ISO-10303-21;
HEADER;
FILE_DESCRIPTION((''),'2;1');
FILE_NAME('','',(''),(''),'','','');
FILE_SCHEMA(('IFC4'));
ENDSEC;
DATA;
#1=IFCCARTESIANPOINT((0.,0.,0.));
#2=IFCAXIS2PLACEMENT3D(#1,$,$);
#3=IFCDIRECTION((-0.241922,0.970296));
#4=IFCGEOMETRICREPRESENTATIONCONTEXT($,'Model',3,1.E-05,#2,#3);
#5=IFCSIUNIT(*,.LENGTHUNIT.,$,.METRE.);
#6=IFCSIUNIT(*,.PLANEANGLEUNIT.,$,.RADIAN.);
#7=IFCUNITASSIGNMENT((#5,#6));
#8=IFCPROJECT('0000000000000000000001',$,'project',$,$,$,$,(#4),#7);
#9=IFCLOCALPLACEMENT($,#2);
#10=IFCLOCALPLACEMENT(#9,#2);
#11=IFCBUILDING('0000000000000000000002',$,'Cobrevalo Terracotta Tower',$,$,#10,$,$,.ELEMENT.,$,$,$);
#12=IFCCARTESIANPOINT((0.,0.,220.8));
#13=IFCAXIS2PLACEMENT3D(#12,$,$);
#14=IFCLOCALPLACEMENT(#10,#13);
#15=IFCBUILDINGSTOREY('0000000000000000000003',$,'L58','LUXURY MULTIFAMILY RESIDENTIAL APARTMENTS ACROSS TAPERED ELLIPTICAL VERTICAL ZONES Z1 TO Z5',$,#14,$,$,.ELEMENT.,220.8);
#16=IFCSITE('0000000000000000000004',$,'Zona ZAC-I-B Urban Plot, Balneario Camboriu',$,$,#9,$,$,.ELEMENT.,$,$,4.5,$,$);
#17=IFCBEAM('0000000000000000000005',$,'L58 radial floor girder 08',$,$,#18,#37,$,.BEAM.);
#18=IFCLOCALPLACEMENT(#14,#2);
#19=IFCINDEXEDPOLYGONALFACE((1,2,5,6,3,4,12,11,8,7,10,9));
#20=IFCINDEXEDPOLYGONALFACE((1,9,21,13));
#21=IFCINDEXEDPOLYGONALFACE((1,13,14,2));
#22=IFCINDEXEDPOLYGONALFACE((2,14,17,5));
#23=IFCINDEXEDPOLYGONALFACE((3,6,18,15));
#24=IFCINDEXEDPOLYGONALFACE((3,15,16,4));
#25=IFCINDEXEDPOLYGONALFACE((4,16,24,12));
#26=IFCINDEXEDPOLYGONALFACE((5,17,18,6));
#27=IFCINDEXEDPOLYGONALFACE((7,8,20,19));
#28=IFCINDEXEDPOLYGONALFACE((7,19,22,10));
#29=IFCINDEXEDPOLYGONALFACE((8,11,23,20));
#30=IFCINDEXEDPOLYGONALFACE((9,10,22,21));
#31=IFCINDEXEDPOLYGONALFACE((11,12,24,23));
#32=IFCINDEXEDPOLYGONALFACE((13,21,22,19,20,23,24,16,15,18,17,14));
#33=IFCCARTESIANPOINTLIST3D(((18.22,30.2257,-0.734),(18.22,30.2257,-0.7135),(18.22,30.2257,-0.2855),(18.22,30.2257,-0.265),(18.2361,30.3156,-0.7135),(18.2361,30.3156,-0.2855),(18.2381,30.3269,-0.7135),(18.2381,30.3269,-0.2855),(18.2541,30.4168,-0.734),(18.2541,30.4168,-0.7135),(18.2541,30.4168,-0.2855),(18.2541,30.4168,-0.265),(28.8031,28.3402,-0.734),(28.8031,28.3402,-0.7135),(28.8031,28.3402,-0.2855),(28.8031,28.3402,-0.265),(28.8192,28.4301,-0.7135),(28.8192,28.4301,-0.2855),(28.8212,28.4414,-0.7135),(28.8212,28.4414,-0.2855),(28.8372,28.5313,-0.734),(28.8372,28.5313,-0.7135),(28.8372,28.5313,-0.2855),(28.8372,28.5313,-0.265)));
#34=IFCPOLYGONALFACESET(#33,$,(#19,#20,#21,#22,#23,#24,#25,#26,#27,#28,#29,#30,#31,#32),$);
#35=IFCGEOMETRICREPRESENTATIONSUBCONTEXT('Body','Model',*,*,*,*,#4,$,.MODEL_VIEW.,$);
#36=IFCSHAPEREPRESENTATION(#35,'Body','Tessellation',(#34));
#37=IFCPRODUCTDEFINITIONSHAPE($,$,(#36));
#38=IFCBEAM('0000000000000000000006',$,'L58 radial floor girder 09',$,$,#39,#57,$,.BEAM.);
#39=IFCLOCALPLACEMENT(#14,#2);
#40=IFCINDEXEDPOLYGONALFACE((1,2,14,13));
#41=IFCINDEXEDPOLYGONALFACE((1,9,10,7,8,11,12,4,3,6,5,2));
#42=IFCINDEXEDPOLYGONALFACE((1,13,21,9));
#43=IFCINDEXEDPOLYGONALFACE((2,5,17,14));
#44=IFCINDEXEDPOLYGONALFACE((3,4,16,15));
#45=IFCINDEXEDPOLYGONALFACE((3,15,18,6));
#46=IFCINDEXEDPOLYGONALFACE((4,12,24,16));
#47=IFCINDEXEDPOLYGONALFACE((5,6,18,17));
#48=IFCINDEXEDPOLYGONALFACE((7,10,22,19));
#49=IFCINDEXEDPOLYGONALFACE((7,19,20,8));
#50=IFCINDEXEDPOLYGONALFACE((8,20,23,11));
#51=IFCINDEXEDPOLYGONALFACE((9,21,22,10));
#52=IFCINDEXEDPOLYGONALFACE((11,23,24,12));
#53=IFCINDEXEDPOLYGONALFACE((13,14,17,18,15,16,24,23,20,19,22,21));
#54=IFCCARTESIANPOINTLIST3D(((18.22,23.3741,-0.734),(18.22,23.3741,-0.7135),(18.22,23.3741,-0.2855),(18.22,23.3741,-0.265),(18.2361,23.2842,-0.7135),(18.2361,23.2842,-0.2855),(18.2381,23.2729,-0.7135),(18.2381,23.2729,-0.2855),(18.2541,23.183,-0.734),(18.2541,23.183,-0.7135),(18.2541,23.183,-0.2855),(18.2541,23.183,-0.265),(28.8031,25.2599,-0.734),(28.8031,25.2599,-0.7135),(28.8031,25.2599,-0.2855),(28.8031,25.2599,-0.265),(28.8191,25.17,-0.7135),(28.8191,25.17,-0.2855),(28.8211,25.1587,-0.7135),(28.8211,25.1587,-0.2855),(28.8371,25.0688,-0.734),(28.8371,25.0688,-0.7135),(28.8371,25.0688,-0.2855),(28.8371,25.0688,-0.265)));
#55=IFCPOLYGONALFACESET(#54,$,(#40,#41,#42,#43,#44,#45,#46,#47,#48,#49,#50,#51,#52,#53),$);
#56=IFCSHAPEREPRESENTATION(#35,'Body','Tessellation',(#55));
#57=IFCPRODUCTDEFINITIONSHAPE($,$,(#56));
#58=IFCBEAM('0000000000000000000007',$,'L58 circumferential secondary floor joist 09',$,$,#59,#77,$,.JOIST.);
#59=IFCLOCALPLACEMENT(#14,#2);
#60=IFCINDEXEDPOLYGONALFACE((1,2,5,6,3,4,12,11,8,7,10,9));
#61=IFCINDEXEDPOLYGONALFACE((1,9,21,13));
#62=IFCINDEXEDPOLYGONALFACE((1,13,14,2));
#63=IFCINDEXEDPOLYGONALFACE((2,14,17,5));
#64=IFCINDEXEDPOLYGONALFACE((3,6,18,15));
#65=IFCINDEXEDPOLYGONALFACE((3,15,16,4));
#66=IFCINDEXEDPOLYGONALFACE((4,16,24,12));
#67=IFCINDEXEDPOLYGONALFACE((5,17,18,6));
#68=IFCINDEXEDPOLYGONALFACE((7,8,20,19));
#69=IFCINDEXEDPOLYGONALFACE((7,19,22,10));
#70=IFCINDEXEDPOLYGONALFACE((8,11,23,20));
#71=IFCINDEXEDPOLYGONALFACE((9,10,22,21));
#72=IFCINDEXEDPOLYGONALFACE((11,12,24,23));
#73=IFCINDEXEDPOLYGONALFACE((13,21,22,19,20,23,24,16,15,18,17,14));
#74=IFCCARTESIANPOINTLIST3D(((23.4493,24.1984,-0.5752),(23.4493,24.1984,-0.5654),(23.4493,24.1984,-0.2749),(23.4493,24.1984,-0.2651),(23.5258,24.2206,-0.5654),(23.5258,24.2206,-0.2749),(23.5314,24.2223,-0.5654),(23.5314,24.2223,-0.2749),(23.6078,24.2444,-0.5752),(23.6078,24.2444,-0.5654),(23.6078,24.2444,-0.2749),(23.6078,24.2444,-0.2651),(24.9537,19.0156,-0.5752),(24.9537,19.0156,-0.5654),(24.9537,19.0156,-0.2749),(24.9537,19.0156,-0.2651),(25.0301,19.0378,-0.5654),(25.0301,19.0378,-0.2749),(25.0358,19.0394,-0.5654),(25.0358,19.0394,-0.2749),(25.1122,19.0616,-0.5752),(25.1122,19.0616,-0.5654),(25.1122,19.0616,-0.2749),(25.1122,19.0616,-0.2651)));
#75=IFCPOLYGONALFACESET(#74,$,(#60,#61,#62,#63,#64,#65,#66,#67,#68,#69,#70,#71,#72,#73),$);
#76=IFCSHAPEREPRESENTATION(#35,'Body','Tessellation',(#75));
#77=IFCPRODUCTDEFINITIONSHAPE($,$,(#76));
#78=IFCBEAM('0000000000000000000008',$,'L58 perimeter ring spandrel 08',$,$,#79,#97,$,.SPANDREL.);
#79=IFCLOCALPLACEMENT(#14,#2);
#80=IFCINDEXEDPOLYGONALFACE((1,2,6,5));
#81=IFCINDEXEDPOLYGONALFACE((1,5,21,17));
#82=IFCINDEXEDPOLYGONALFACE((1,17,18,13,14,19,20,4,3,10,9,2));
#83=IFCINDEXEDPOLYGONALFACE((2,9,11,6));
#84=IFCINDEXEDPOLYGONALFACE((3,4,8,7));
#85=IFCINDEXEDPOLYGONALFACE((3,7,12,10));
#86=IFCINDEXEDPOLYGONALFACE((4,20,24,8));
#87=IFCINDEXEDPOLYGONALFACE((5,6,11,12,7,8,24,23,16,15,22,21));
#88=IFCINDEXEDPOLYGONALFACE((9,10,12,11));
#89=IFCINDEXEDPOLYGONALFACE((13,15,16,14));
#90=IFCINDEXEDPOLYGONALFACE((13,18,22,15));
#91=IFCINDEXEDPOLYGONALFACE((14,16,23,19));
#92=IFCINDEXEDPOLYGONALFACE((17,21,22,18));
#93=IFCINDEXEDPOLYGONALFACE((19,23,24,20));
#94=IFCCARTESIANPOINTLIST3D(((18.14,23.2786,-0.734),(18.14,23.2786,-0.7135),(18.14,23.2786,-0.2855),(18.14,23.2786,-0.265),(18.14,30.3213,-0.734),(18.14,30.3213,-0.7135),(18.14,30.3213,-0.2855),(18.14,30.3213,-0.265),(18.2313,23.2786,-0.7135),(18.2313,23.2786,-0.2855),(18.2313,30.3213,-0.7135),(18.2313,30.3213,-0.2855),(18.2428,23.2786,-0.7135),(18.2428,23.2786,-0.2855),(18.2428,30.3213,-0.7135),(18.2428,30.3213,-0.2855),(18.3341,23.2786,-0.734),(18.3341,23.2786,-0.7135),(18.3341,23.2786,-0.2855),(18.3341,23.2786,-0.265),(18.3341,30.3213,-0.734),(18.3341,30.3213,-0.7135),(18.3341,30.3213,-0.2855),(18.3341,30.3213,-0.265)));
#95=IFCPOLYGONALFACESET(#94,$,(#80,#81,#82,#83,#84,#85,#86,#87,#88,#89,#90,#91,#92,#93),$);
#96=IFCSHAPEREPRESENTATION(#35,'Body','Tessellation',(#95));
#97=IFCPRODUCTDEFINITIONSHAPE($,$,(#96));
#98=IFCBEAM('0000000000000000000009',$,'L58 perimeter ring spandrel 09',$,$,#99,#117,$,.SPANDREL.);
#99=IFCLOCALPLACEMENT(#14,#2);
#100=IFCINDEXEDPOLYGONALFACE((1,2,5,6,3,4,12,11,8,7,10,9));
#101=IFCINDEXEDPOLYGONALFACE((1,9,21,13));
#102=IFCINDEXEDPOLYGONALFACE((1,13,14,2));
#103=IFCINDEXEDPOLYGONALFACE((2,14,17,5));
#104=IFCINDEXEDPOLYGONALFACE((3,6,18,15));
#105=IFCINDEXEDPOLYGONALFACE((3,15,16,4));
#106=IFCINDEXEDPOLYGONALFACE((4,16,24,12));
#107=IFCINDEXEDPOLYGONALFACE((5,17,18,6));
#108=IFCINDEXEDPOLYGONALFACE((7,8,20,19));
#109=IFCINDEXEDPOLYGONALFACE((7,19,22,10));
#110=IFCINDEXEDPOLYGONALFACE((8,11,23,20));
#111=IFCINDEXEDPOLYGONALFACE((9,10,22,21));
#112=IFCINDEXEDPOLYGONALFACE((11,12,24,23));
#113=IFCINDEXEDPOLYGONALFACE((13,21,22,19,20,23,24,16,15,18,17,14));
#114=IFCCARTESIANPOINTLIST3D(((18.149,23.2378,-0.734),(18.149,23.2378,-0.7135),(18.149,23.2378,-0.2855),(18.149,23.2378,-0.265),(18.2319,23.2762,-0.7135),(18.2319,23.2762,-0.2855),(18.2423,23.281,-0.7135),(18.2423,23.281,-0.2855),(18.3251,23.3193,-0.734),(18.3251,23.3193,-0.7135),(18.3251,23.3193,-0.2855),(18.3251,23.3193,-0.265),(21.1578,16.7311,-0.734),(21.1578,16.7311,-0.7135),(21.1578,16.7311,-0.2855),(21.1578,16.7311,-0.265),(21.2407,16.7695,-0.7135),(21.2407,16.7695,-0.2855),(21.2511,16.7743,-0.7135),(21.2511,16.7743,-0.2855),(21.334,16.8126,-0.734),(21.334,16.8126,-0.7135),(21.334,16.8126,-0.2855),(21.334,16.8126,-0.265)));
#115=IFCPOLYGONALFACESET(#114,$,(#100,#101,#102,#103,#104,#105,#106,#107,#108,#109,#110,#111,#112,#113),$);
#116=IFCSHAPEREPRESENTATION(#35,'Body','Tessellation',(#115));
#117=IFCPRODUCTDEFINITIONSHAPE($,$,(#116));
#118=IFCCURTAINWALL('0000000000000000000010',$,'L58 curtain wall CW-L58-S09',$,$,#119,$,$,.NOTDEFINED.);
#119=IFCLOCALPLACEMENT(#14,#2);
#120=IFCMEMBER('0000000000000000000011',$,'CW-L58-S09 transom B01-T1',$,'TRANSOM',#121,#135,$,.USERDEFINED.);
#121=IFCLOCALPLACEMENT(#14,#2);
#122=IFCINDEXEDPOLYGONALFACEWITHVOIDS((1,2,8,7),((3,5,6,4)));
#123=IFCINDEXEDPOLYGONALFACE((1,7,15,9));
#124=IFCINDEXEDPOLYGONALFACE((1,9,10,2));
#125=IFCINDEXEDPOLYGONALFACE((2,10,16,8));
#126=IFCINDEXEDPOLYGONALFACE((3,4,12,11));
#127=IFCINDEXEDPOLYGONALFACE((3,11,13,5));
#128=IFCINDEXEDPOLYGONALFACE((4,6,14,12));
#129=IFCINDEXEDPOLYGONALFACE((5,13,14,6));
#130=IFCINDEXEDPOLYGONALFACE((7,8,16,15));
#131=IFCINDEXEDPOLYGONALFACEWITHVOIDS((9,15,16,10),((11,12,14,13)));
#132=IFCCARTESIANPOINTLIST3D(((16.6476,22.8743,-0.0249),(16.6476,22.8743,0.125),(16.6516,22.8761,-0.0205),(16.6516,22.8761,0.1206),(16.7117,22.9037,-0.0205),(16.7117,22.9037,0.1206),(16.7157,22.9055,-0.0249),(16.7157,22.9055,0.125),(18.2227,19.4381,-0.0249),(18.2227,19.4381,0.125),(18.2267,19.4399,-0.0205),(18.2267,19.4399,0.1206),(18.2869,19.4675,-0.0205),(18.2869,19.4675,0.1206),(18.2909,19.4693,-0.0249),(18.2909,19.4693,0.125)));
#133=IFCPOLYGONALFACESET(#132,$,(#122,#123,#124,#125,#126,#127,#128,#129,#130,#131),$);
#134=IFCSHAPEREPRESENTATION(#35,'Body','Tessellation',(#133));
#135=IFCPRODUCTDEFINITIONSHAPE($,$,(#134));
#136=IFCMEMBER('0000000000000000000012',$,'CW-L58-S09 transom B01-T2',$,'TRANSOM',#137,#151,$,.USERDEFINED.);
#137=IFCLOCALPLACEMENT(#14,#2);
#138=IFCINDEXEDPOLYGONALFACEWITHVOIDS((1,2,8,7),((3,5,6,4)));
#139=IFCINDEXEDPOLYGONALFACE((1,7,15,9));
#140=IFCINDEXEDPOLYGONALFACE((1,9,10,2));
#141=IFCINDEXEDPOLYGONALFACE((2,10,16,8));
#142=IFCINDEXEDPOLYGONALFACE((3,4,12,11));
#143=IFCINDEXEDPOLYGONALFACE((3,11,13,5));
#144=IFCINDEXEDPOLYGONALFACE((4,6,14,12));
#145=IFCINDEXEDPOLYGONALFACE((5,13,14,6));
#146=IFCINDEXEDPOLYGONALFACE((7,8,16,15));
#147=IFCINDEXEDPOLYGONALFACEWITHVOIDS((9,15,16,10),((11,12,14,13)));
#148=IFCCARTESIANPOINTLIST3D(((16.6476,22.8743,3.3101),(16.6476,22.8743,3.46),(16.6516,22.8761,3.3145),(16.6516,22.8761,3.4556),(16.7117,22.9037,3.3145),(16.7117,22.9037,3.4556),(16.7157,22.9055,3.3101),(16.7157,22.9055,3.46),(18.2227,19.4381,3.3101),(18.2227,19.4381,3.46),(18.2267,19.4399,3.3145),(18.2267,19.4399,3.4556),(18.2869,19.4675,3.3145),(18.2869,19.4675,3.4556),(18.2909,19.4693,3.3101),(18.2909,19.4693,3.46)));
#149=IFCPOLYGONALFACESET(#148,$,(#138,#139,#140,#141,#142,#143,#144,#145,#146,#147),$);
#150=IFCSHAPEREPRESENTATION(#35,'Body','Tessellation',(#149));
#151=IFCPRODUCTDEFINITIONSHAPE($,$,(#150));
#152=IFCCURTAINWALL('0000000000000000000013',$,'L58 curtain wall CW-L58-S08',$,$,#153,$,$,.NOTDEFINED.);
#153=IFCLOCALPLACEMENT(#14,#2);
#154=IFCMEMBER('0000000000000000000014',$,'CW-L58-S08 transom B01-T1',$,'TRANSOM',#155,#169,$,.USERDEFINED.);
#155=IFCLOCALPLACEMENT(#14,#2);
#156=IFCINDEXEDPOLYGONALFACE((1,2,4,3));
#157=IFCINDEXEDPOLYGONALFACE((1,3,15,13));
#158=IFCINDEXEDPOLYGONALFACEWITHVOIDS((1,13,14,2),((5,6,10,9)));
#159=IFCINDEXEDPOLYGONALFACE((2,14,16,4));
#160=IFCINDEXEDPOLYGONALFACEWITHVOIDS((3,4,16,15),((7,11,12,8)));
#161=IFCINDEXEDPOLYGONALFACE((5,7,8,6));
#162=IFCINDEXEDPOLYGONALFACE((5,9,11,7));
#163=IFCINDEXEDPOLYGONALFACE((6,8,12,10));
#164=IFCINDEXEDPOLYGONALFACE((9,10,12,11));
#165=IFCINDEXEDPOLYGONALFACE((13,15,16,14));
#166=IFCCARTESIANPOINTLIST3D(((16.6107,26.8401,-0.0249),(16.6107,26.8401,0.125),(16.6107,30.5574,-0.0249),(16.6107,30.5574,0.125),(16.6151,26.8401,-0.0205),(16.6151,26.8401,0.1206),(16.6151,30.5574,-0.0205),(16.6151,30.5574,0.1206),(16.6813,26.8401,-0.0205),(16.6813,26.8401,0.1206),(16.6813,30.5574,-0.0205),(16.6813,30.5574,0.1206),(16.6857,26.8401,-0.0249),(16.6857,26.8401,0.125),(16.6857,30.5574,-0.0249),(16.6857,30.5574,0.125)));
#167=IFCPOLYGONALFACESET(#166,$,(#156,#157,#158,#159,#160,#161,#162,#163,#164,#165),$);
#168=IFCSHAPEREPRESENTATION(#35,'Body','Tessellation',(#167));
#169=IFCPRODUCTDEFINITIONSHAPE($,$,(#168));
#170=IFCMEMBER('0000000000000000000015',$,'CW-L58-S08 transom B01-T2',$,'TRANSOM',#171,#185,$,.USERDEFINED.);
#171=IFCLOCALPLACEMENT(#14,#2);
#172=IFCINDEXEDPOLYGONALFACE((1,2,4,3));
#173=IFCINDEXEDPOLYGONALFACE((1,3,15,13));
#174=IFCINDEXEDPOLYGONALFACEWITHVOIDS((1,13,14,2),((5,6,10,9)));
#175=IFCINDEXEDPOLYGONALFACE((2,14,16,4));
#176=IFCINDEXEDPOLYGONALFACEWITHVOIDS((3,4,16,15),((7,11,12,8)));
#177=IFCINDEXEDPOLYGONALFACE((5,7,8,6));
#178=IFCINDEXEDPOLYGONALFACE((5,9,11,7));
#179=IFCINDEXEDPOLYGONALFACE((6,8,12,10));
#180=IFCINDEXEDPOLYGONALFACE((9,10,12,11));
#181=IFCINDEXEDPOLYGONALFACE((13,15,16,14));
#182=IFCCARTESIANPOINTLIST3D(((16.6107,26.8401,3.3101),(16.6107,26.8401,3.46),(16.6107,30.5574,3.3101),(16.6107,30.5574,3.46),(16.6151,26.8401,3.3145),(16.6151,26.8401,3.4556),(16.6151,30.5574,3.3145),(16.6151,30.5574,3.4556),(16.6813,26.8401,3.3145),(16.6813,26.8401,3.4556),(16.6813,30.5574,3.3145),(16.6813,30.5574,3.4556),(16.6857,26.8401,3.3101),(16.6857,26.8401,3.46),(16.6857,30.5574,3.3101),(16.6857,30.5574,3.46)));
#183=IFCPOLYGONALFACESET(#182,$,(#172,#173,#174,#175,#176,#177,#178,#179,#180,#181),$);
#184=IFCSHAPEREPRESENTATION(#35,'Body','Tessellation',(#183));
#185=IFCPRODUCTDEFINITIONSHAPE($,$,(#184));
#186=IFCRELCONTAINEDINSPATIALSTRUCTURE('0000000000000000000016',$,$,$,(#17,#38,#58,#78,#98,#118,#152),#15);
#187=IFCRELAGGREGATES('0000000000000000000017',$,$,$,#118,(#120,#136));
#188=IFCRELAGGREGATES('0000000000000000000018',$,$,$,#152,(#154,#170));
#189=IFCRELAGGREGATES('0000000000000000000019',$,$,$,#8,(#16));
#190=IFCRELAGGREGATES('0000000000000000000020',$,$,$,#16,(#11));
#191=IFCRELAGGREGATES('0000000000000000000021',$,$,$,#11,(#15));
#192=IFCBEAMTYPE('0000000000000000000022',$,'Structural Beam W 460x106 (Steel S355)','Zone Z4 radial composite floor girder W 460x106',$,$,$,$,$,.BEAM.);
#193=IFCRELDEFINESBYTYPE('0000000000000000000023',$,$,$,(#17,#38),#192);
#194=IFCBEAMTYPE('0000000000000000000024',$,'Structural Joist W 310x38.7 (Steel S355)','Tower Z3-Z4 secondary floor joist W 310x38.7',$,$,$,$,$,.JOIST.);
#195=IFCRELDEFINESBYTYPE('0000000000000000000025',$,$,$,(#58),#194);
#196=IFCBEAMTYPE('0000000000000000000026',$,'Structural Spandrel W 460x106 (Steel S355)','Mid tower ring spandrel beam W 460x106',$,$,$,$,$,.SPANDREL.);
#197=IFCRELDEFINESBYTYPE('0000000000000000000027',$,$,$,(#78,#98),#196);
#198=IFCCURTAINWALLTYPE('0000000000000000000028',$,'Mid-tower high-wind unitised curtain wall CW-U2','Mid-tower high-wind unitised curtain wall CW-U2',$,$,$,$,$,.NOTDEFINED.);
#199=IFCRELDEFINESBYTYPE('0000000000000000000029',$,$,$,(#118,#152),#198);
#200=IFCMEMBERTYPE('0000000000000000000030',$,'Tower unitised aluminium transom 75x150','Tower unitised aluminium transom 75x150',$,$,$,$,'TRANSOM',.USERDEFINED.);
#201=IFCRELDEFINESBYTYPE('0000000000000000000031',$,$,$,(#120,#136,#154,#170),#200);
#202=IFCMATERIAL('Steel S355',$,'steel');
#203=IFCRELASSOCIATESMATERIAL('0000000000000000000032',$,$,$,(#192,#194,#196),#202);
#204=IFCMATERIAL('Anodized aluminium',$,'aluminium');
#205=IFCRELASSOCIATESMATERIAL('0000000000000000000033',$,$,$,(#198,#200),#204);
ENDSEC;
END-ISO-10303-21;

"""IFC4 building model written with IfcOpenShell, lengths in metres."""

from ifc_helpers import new_model, si_unit, direction, frame, origin, origin_2d, place, context, subcontext, project, spatial, hollow_rectangle, i_section, extrude, source, transform, mapped, material, material_profile, profile_set, type_object, element, aggregate, save


model = new_model("IFC4")

# Units and contexts
model_context = context("Model", 3, precision=1e-05, world=origin(), true_north=direction((-0.241922, 0.970296)))
body_context = subcontext(model_context, "Body", "Model", "MODEL_VIEW")
ifc_project = project(units=[si_unit("LENGTHUNIT", "METRE"), si_unit("PLANEANGLEUNIT", "RADIAN")], contexts=[model_context])

# Site, building, storey
site_placement = place(None, origin())
site = spatial("IfcSite", under=ifc_project, at=site_placement, Name="Zona ZAC-I-B Urban Plot, Balneario Camboriu", CompositionType="ELEMENT", RefElevation=4.5)
building_placement = place(site_placement, origin())
building = spatial("IfcBuilding", under=site, at=building_placement, Name="Cobrevalo Terracotta Tower", CompositionType="ELEMENT")
storey_placement = place(building_placement, frame((0.0, 0.0, 220.8)))
storey = spatial("IfcBuildingStorey", under=building, at=storey_placement, Name="L58", Description="LUXURY MULTIFAMILY RESIDENTIAL APARTMENTS ACROSS TAPERED ELLIPTICAL VERTICAL ZONES Z1 TO Z5", CompositionType="ELEMENT", Elevation=220.8)

# Shared definitions
ifc_material_1 = material(Name="Steel S355", Category="steel")

# Beams
ifc_material_profile_1 = material_profile(ifc_material_1, i_section(OverallWidth=0.1941, OverallDepth=0.469, WebThickness=0.0115, FlangeThickness=0.0205, at=origin_2d()), Name="W 460x106")
ifc_profile_set_1 = profile_set([ifc_material_profile_1], Name="Steel S355")
beam_type_1 = type_object("IfcBeamType", Name="Structural Beam W 460x106 (Steel S355)", Description="Zone Z4 radial composite floor girder W 460x106", PredefinedType="BEAM", material=ifc_profile_set_1)
for number, where, z_axis, x_axis, name in (
    (1, (18.2371, 30.3213, -0.4995), (0.984497, -0.175401, 0.0), (0.175401, 0.984497, 0.0), "L58 radial floor girder 08"),
    (2, (18.2371, 23.2786, -0.4995), (0.984493, 0.175423, 0.0), (-0.175423, 0.984493, 0.0), "L58 radial floor girder 09"),
):
    element("IfcBeam", number, at=place(storey_placement, frame(where, z_axis=z_axis, x_axis=x_axis)), inside=storey, type_object=beam_type_1, Name=name, PredefinedType="BEAM", context=body_context, shape_type="SweptSolid", body=[
        extrude(i_section(OverallWidth=0.1941, OverallDepth=0.469, WebThickness=0.0115, FlangeThickness=0.0205, at=origin_2d()), origin(), (0.0, 0.0, 1.0), 10.7498),
    ])
ifc_material_profile_2 = material_profile(ifc_material_1, i_section(OverallWidth=0.165, OverallDepth=0.3101, WebThickness=0.0059, FlangeThickness=0.0098, at=origin_2d()), Name="W 310x38.7")
ifc_profile_set_2 = profile_set([ifc_material_profile_2], Name="Steel S355")
beam_type_2 = type_object("IfcBeamType", Name="Structural Joist W 310x38.7 (Steel S355)", Description="Tower Z3-Z4 secondary floor joist W 310x38.7", PredefinedType="JOIST", material=ifc_profile_set_2)
beam_1_placement = place(storey_placement, frame((23.5286, 24.2214, -0.4202), z_axis=(0.278758, -0.960361, 0.0), x_axis=(0.960361, 0.278758, 0.0)))
element("IfcBeam", 3, at=beam_1_placement, inside=storey, type_object=beam_type_2, Name="L58 circumferential secondary floor joist 09", PredefinedType="JOIST", context=body_context, shape_type="SweptSolid", body=[
    extrude(i_section(OverallWidth=0.165, OverallDepth=0.3101, WebThickness=0.0059, FlangeThickness=0.0098, at=origin_2d()), origin(), (0.0, 0.0, 1.0), 5.3967),
])
ifc_material_profile_3 = material_profile(ifc_material_1, i_section(OverallWidth=0.1941, OverallDepth=0.469, WebThickness=0.0115, FlangeThickness=0.0205, at=origin_2d()), Name="W 460x106")
ifc_profile_set_3 = profile_set([ifc_material_profile_3], Name="Steel S355")
beam_type_3 = type_object("IfcBeamType", Name="Structural Spandrel W 460x106 (Steel S355)", Description="Mid tower ring spandrel beam W 460x106", PredefinedType="SPANDREL", material=ifc_profile_set_3)
beam_2_placement = place(storey_placement, frame((18.2371, 30.3213, -0.4995), z_axis=(0.0, -1.0, 0.0), x_axis=(1.0, 0.0, 0.0)))
element("IfcBeam", 4, at=beam_2_placement, inside=storey, type_object=beam_type_3, Name="L58 perimeter ring spandrel 08", PredefinedType="SPANDREL", context=body_context, shape_type="SweptSolid", body=[
    extrude(i_section(OverallWidth=0.1941, OverallDepth=0.469, WebThickness=0.0115, FlangeThickness=0.0205, at=origin_2d()), origin(), (0.0, 0.0, 1.0), 7.0427),
])
beam_3_placement = place(storey_placement, frame((18.2371, 23.2786, -0.4995), z_axis=(0.419719, -0.907654, 0.0), x_axis=(0.907654, 0.419719, 0.0)))
element("IfcBeam", 5, at=beam_3_placement, inside=storey, type_object=beam_type_3, Name="L58 perimeter ring spandrel 09", PredefinedType="SPANDREL", context=body_context, shape_type="SweptSolid", body=[
    extrude(i_section(OverallWidth=0.1941, OverallDepth=0.469, WebThickness=0.0115, FlangeThickness=0.0205, at=origin_2d()), origin(), (0.0, 0.0, 1.0), 7.1687),
])

# Curtain walls, members
ifc_material_2 = material(Name="Anodized aluminium", Category="aluminium")
curtain_wall_type = type_object("IfcCurtainWallType", Name="Mid-tower high-wind unitised curtain wall CW-U2", Description="Mid-tower high-wind unitised curtain wall CW-U2", PredefinedType="NOTDEFINED", material=ifc_material_2)
curtain_wall_1_placement = place(storey_placement, origin())
curtain_wall_1 = element("IfcCurtainWall", 6, at=curtain_wall_1_placement, inside=storey, type_object=curtain_wall_type, Name="L58 curtain wall CW-L58-S09", PredefinedType="NOTDEFINED")
ifc_material_profile_4 = material_profile(ifc_material_2, hollow_rectangle(XDim=0.075, YDim=0.1499, WallThickness=0.0044, at=origin_2d()), Name="CWT 75x150")
ifc_profile_set_4 = profile_set([ifc_material_profile_4], Name="Anodized aluminium")
member_type_1 = type_object("IfcMemberType", Name="Tower unitised aluminium transom 75x150", Description="Tower unitised aluminium transom 75x150", ElementType="TRANSOM", PredefinedType="USERDEFINED", material=ifc_profile_set_4)
shared_shape_1 = source(origin(), body_context, "Body", "SweptSolid", [
    extrude(hollow_rectangle(XDim=0.075, YDim=0.1499, WallThickness=0.0044, at=origin_2d()), origin(), (0.0, 0.0, 1.0), 3.78),
])
member_1_placement = place(storey_placement, frame((16.6816, 22.8899, 0.05), z_axis=(0.416706, -0.909041, 0.0), x_axis=(0.909041, 0.416706, 0.0)))
member_1 = element("IfcMember", 7, at=member_1_placement, type_object=member_type_1, Name="CW-L58-S09 transom B01-T1", ObjectType="TRANSOM", PredefinedType="USERDEFINED", context=body_context, shape_type="MappedRepresentation", body=[
    mapped(shared_shape_1, transform((0.0, 0.0, 0.0), scale=1.0)),
])
member_2_placement = place(storey_placement, frame((16.6816, 22.8899, 3.385), z_axis=(0.416706, -0.909041, 0.0), x_axis=(0.909041, 0.416706, 0.0)))
member_2 = element("IfcMember", 8, at=member_2_placement, type_object=member_type_1, Name="CW-L58-S09 transom B01-T2", ObjectType="TRANSOM", PredefinedType="USERDEFINED", context=body_context, shape_type="MappedRepresentation", body=[
    mapped(shared_shape_1, transform((0.0, 0.0, 0.0), scale=1.0)),
])
curtain_wall_2_placement = place(storey_placement, origin())
curtain_wall_2 = element("IfcCurtainWall", 9, at=curtain_wall_2_placement, inside=storey, type_object=curtain_wall_type, Name="L58 curtain wall CW-L58-S08", PredefinedType="NOTDEFINED")
shared_shape_2 = source(origin(), body_context, "Body", "SweptSolid", [
    extrude(hollow_rectangle(XDim=0.075, YDim=0.1499, WallThickness=0.0044, at=origin_2d()), origin(), (0.0, 0.0, 1.0), 3.7173),
])
member_3_placement = place(storey_placement, frame((16.6482, 30.5574, 0.05), z_axis=(0.0, -1.0, 0.0), x_axis=(1.0, 0.0, 0.0)))
member_3 = element("IfcMember", 10, at=member_3_placement, type_object=member_type_1, Name="CW-L58-S08 transom B01-T1", ObjectType="TRANSOM", PredefinedType="USERDEFINED", context=body_context, shape_type="MappedRepresentation", body=[
    mapped(shared_shape_2, transform((0.0, 0.0, 0.0), scale=1.0)),
])
member_4_placement = place(storey_placement, frame((16.6482, 30.5574, 3.385), z_axis=(0.0, -1.0, 0.0), x_axis=(1.0, 0.0, 0.0)))
member_4 = element("IfcMember", 11, at=member_4_placement, type_object=member_type_1, Name="CW-L58-S08 transom B01-T2", ObjectType="TRANSOM", PredefinedType="USERDEFINED", context=body_context, shape_type="MappedRepresentation", body=[
    mapped(shared_shape_2, transform((0.0, 0.0, 0.0), scale=1.0)),
])

aggregate(curtain_wall_1, [member_1, member_2])

aggregate(curtain_wall_2, [member_3, member_4])

save(model, "model.ifc")
